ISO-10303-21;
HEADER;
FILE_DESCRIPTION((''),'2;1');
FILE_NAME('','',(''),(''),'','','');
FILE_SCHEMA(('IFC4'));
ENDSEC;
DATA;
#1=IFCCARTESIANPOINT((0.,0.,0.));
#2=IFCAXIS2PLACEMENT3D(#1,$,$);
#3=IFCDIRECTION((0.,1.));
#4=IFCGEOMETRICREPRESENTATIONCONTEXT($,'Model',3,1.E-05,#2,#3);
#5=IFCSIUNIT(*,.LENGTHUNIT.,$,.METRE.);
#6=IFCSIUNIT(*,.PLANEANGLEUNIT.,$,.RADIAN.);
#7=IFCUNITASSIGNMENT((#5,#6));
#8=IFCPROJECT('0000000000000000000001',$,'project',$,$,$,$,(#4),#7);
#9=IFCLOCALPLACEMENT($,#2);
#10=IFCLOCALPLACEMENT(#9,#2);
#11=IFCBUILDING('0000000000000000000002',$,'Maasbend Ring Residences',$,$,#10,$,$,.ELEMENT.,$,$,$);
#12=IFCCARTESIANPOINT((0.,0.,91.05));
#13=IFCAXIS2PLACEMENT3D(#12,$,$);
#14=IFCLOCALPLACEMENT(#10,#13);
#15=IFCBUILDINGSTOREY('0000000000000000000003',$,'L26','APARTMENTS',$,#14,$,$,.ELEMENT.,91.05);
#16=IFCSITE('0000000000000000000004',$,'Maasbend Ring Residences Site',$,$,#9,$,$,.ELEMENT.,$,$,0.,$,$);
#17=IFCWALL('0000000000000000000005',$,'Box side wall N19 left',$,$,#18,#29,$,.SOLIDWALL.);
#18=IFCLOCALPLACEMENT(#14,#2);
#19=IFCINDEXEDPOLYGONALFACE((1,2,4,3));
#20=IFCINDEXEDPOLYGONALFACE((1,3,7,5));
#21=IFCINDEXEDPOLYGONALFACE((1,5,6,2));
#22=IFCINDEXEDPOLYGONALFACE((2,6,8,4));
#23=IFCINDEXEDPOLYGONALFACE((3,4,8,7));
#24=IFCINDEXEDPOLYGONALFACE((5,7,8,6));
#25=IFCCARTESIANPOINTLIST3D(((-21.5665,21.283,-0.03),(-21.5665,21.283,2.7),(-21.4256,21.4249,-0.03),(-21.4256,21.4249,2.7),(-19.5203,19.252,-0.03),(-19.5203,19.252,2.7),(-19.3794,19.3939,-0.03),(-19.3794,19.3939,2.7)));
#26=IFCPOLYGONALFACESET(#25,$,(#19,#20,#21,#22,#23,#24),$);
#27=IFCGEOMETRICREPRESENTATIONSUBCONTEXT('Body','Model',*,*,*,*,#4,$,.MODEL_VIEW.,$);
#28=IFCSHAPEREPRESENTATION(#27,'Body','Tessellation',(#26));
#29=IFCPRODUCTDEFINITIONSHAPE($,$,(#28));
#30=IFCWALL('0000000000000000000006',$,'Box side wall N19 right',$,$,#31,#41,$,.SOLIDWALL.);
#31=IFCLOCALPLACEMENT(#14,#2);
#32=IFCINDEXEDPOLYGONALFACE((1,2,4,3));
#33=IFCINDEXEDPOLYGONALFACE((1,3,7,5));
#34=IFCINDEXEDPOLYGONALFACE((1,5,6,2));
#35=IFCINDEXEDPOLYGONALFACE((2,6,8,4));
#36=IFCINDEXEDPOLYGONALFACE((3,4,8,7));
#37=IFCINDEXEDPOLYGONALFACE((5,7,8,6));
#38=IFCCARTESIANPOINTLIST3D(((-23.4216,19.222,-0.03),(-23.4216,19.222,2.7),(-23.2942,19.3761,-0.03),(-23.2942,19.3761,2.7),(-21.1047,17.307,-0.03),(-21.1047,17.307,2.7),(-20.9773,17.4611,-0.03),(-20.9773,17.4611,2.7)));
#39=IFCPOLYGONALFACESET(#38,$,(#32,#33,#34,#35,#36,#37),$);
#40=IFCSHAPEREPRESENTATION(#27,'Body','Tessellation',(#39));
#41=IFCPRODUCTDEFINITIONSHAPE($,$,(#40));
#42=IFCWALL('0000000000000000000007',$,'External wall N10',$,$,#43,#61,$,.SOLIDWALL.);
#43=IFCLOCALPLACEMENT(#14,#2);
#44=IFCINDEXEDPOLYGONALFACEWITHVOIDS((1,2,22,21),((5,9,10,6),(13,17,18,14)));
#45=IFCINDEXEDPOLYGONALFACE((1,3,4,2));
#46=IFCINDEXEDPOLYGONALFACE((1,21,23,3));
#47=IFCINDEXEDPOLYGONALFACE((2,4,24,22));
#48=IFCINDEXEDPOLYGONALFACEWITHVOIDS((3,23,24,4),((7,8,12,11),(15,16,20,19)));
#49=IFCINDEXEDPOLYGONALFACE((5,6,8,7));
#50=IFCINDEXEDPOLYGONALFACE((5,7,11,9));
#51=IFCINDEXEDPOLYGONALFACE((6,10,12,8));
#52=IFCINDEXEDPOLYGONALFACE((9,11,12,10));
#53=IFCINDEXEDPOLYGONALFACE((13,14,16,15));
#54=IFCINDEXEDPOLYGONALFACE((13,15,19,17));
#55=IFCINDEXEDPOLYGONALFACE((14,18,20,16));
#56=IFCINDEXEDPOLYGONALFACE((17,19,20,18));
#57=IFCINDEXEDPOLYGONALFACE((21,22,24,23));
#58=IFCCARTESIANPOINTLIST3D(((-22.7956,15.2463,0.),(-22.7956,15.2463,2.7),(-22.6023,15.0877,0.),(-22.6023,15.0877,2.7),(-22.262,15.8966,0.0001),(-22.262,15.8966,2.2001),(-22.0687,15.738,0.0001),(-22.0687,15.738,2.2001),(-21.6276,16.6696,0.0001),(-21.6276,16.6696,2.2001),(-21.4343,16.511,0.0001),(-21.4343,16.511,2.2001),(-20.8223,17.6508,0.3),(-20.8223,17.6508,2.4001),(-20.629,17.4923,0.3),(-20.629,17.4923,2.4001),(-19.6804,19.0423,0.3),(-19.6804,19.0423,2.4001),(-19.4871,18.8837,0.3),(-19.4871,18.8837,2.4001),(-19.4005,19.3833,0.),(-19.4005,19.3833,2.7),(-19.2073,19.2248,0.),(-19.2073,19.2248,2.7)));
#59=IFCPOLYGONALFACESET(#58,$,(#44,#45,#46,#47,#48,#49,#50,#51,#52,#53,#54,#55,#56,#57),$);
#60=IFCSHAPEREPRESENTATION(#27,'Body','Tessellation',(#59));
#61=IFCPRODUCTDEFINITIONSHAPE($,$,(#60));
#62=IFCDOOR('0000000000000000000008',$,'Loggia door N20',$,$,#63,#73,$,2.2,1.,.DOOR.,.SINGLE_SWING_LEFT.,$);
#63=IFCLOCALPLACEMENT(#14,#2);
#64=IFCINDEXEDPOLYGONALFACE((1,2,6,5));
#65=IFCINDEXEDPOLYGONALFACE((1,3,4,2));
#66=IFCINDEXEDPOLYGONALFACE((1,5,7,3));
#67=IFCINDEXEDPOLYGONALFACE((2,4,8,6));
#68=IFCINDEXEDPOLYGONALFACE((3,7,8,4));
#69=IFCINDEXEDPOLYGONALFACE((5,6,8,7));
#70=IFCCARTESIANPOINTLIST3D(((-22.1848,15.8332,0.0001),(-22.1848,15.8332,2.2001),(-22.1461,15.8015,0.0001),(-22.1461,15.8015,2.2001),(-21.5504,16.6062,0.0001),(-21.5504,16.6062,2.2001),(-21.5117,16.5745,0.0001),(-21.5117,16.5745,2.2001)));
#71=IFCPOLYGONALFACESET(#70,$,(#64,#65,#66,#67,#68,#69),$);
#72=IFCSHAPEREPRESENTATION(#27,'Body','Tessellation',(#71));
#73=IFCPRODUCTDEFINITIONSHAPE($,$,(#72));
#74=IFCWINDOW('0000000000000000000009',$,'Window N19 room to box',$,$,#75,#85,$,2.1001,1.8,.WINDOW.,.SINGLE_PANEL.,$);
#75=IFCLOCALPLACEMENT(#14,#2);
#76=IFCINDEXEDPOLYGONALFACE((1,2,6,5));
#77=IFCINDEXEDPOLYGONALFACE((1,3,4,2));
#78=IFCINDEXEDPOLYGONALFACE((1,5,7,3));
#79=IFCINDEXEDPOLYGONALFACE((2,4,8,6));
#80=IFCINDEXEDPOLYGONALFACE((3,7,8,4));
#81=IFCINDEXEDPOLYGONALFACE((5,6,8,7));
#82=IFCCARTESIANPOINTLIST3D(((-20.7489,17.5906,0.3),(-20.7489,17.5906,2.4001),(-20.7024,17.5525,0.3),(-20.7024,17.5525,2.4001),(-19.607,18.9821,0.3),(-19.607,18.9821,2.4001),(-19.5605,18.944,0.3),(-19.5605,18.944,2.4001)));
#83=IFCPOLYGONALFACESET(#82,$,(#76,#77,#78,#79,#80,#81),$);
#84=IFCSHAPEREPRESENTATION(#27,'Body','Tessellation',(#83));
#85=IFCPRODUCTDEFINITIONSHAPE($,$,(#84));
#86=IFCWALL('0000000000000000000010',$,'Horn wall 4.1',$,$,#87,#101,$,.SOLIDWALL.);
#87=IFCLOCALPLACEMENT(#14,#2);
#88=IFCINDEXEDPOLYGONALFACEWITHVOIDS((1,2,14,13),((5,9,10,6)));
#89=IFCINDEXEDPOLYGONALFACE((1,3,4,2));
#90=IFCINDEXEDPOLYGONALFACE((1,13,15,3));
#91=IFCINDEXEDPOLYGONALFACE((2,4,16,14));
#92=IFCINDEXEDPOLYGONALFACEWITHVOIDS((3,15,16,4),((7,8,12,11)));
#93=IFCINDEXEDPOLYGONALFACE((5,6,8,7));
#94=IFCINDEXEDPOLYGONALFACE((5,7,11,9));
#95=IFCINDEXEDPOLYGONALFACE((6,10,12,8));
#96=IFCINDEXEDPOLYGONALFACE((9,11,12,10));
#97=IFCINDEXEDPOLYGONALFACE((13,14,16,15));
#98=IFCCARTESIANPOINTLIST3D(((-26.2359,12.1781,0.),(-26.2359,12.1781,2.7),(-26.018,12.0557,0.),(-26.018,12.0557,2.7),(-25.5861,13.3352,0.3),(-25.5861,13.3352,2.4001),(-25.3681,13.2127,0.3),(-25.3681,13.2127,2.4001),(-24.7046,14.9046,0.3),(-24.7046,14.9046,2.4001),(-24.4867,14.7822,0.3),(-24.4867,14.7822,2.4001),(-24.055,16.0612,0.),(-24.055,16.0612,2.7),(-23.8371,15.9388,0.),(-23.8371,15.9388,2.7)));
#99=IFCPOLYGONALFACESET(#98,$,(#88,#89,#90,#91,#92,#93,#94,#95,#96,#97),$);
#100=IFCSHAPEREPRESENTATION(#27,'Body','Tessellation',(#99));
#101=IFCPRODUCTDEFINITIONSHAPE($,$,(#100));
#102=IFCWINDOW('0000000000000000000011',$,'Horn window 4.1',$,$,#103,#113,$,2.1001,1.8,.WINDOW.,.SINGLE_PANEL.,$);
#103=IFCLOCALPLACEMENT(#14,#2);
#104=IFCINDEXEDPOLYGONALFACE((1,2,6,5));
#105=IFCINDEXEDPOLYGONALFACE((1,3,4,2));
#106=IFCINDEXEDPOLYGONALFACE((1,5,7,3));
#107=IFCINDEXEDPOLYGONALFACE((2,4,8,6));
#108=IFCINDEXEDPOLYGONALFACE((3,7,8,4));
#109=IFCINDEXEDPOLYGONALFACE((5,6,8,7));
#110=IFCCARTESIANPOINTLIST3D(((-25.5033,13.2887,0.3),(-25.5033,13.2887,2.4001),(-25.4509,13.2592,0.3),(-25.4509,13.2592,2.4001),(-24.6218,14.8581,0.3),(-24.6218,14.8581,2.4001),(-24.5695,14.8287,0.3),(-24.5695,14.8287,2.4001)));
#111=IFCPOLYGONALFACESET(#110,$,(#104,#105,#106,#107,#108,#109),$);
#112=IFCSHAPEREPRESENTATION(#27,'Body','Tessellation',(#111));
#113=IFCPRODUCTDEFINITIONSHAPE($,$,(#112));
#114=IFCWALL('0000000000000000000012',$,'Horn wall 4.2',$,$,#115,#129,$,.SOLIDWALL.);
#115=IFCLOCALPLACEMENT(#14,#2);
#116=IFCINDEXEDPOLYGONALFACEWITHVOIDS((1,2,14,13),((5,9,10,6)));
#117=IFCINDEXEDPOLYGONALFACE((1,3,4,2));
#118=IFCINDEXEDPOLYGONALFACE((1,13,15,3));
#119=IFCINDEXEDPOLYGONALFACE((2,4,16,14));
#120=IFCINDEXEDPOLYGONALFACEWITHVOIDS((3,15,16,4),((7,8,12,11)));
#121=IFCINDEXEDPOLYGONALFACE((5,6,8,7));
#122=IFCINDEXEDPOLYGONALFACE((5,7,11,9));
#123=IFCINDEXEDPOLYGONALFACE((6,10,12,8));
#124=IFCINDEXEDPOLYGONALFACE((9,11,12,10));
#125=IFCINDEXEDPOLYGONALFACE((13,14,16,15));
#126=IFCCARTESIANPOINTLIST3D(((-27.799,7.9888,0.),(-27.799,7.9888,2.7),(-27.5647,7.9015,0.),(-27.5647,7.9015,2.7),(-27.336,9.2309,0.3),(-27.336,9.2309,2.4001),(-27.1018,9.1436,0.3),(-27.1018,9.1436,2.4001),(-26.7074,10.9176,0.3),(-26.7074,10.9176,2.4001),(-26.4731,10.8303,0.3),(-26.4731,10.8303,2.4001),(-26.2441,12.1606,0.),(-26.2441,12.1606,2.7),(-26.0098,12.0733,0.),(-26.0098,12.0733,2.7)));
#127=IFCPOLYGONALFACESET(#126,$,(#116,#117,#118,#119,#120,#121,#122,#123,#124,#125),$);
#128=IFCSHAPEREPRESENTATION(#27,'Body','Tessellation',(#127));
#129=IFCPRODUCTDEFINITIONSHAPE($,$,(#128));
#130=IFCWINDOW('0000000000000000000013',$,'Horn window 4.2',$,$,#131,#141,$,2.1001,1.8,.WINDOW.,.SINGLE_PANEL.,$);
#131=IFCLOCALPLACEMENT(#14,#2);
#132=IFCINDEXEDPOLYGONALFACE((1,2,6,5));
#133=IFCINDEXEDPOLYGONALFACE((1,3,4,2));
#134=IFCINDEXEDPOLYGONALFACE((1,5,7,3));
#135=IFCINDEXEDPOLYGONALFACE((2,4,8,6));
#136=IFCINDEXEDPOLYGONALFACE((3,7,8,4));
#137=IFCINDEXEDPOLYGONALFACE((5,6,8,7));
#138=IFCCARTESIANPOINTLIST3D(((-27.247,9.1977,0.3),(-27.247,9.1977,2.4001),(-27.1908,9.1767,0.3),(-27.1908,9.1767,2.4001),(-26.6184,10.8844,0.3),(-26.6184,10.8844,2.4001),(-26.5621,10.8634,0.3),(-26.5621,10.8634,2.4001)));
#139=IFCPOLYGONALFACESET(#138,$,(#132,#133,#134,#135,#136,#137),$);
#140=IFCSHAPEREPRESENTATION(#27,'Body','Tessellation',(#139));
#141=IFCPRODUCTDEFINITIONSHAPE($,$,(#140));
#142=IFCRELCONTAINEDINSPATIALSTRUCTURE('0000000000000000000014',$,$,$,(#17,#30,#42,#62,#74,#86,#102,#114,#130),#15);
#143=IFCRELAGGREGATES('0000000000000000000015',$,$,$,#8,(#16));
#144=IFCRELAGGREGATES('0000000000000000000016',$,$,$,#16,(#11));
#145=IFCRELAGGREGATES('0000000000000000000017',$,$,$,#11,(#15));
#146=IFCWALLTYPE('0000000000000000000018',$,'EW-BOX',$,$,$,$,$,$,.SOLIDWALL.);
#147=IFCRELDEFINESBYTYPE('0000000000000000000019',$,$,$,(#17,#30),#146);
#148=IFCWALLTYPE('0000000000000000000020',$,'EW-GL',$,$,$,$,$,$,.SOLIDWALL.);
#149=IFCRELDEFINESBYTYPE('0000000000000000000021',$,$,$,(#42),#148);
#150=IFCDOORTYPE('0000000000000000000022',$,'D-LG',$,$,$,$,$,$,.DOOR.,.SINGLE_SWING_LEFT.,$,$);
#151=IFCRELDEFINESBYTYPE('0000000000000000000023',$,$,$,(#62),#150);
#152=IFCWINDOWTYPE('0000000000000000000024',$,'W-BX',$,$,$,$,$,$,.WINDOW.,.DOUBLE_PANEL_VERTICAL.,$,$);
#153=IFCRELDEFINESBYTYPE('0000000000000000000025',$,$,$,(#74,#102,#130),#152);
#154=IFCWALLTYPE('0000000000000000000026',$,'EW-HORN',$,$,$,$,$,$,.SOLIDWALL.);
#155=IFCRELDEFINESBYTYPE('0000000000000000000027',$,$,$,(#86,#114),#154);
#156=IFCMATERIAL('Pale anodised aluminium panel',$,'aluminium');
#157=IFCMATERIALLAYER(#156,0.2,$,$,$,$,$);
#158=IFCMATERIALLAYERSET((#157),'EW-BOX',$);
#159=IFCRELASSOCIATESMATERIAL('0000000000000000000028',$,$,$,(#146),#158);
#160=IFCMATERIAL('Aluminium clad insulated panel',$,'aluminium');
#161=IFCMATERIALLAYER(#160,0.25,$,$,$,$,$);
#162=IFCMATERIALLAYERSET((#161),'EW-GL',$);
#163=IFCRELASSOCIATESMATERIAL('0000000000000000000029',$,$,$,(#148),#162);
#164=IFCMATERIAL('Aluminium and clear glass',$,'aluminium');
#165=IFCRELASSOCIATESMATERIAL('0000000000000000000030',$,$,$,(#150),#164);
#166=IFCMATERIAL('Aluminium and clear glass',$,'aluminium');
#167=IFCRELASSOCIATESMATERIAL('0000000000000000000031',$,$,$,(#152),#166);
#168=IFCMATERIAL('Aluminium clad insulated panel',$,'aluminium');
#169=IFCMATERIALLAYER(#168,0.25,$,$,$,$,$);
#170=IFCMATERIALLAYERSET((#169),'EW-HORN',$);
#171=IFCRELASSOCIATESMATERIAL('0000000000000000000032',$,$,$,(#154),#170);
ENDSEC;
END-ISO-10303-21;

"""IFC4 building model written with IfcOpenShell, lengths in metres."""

from ifc_helpers import new_model, si_unit, direction, frame, frame_2d, origin, place, context, subcontext, project, spatial, rectangle, extrude, material, layer, layer_set, type_object, element, fill, save


model = new_model("IFC4")

# Units and contexts
model_context = context("Model", 3, precision=1e-05, world=origin(), true_north=direction((0.0, 1.0)))
body_context = subcontext(model_context, "Body", "Model", "MODEL_VIEW")
ifc_project = project(units=[si_unit("LENGTHUNIT", "METRE"), si_unit("PLANEANGLEUNIT", "RADIAN")], contexts=[model_context])

# Site, building, storey
site_placement = place(None, origin())
site = spatial("IfcSite", under=ifc_project, at=site_placement, Name="Maasbend Ring Residences Site", CompositionType="ELEMENT", RefElevation=0.0)
building_placement = place(site_placement, origin())
building = spatial("IfcBuilding", under=site, at=building_placement, Name="Maasbend Ring Residences", CompositionType="ELEMENT")
storey_placement = place(building_placement, frame((0.0, 0.0, 91.05)))
storey = spatial("IfcBuildingStorey", under=building, at=storey_placement, Name="L26", Description="APARTMENTS", CompositionType="ELEMENT", Elevation=91.05)

# Walls
ifc_material_1 = material(Name="Pale anodised aluminium panel", Category="aluminium")
ifc_layer_1 = layer(ifc_material_1, 0.2)
ifc_layer_set_1 = layer_set([ifc_layer_1], Name="EW-BOX")
wall_type_1 = type_object("IfcWallType", Name="EW-BOX", PredefinedType="SOLIDWALL", material=ifc_layer_set_1)
wall_1_placement = place(storey_placement, frame((-19.45, 19.323, -0.03), z_axis=(0.0, 0.0, 1.0), x_axis=(-0.709727, 0.704477, 0.0)))
element("IfcWall", 1, at=wall_1_placement, inside=storey, type_object=wall_type_1, Name="Box side wall N19 left", PredefinedType="SOLIDWALL", context=body_context, shape_type="SweptSolid", body=[
    extrude(rectangle(XDim=2.8831, YDim=0.2, at=frame_2d((1.4414, 0.0))), origin(), (0.0, 0.0, 1.0), 2.73),
])
wall_2_placement = place(storey_placement, frame((-21.041, 17.384, -0.03), z_axis=(0.0, 0.0, 1.0), x_axis=(-0.770785, 0.637096, 0.0)))
element("IfcWall", 2, at=wall_2_placement, inside=storey, type_object=wall_type_1, Name="Box side wall N19 right", PredefinedType="SOLIDWALL", context=body_context, shape_type="SweptSolid", body=[
    extrude(rectangle(XDim=3.0059, YDim=0.2, at=frame_2d((1.5029, 0.0))), origin(), (0.0, 0.0, 1.0), 2.73),
])

# Wall, openings, door, window
ifc_material_2 = material(Name="Aluminium clad insulated panel", Category="aluminium")
ifc_layer_2 = layer(ifc_material_2, 0.25)
ifc_layer_set_2 = layer_set([ifc_layer_2], Name="EW-GL")
wall_type_2 = type_object("IfcWallType", Name="EW-GL", PredefinedType="SOLIDWALL", material=ifc_layer_set_2)
wall_3_placement = place(storey_placement, frame((-19.304, 19.304, 0.0), z_axis=(0.0, 0.0, 1.0), x_axis=(-0.634382, -0.773019, 0.0)))
wall_3 = element("IfcWall", 3, at=wall_3_placement, inside=storey, type_object=wall_type_2, Name="External wall N10", PredefinedType="SOLIDWALL", context=body_context, shape_type="SweptSolid", body=[
    extrude(rectangle(XDim=5.3518, YDim=0.25, at=frame_2d((2.6758, 0.0))), origin(), (0.0, 0.0, 1.0), 2.7),
])
opening_1_placement = place(wall_3_placement, frame((0.4412, 0.0, 0.3)))
opening_1 = element("IfcOpeningElement", 4, at=opening_1_placement, cuts=wall_3, PredefinedType="OPENING", context=body_context, shape_type="SweptSolid", body=[
    extrude(rectangle(XDim=1.8, YDim=2.1001, at=frame_2d((0.8999, 1.05))), frame((0.0, 0.135, 0.0), z_axis=(0.0, -1.0, 0.0), x_axis=(1.0, 0.0, 0.0)), (0.0, 0.0, 1.0), 0.27),
])
opening_2_placement = place(wall_3_placement, frame((3.5105, 0.0, 0.0)))
opening_2 = element("IfcOpeningElement", 5, at=opening_2_placement, cuts=wall_3, PredefinedType="OPENING", context=body_context, shape_type="SweptSolid", body=[
    extrude(rectangle(XDim=1.0, YDim=2.2, at=frame_2d((0.5, 1.1001))), frame((0.0, 0.135, 0.0), z_axis=(0.0, -1.0, 0.0), x_axis=(1.0, 0.0, 0.0)), (0.0, 0.0, 1.0), 0.27),
])
ifc_material_3 = material(Name="Aluminium and clear glass", Category="aluminium")
door_type_1 = type_object("IfcDoorType", Name="D-LG", OperationType="SINGLE_SWING_LEFT", PredefinedType="DOOR", material=ifc_material_3)
door_1_placement = place(opening_2_placement, origin())
door_1 = element("IfcDoor", 6, at=door_1_placement, inside=storey, type_object=door_type_1, Name="Loggia door N20", OperationType="SINGLE_SWING_LEFT", OverallHeight=2.2, OverallWidth=1.0, PredefinedType="DOOR", context=body_context, shape_type="SweptSolid", body=[
    extrude(rectangle(XDim=1.0, YDim=2.2, at=frame_2d((0.5, 1.1001))), frame((0.0, 0.0249, 0.0), z_axis=(0.0, -1.0, 0.0), x_axis=(1.0, 0.0, 0.0)), (0.0, 0.0, 1.0), 0.05),
])
fill(opening_2, door_1)
ifc_material_4 = material(Name="Aluminium and clear glass", Category="aluminium")
window_type = type_object("IfcWindowType", Name="W-BX", PartitioningType="DOUBLE_PANEL_VERTICAL", PredefinedType="WINDOW", material=ifc_material_4)
window_1_placement = place(opening_1_placement, origin())
window_1 = element("IfcWindow", 7, at=window_1_placement, inside=storey, type_object=window_type, Name="Window N19 room to box", OverallHeight=2.1001, OverallWidth=1.8, PartitioningType="SINGLE_PANEL", PredefinedType="WINDOW", context=body_context, shape_type="SweptSolid", body=[
    extrude(rectangle(XDim=1.8, YDim=2.1001, at=frame_2d((0.8999, 1.05))), frame((0.0, 0.03, 0.0), z_axis=(0.0, -1.0, 0.0), x_axis=(1.0, 0.0, 0.0)), (0.0, 0.0, 1.0), 0.0601),
])
fill(opening_1, window_1)

# Walls, openings, windows
ifc_material_5 = material(Name="Aluminium clad insulated panel", Category="aluminium")
ifc_layer_3 = layer(ifc_material_5, 0.25)
ifc_layer_set_3 = layer_set([ifc_layer_3], Name="EW-HORN")
wall_type_3 = type_object("IfcWallType", Name="EW-HORN", PredefinedType="SOLIDWALL", material=ifc_layer_set_3)
wall_4_placement = place(storey_placement, frame((-23.946, 16.0, 0.0), z_axis=(0.0, 0.0, 1.0), x_axis=(-0.489696, -0.871893, 0.0)))
wall_4 = element("IfcWall", 8, at=wall_4_placement, inside=storey, type_object=wall_type_3, Name="Horn wall 4.1", PredefinedType="SOLIDWALL", context=body_context, shape_type="SweptSolid", body=[
    extrude(rectangle(XDim=4.4536, YDim=0.25, at=frame_2d((2.2268, 0.0))), origin(), (0.0, 0.0, 1.0), 2.7),
])
opening_3_placement = place(wall_4_placement, frame((1.3267, 0.0, 0.3)))
opening_3 = element("IfcOpeningElement", 9, at=opening_3_placement, cuts=wall_4, PredefinedType="OPENING", context=body_context, shape_type="SweptSolid", body=[
    extrude(rectangle(XDim=1.8, YDim=2.1001, at=frame_2d((0.8999, 1.05))), frame((0.0, 0.135, 0.0), z_axis=(0.0, -1.0, 0.0), x_axis=(1.0, 0.0, 0.0)), (0.0, 0.0, 1.0), 0.27),
])
window_2_placement = place(opening_3_placement, origin())
window_2 = element("IfcWindow", 10, at=window_2_placement, inside=storey, type_object=window_type, Name="Horn window 4.1", OverallHeight=2.1001, OverallWidth=1.8, PartitioningType="SINGLE_PANEL", PredefinedType="WINDOW", context=body_context, shape_type="SweptSolid", body=[
    extrude(rectangle(XDim=1.8, YDim=2.1001, at=frame_2d((0.8999, 1.05))), frame((0.0, 0.03, 0.0), z_axis=(0.0, -1.0, 0.0), x_axis=(1.0, 0.0, 0.0)), (0.0, 0.0, 1.0), 0.0601),
])
fill(opening_3, window_2)
wall_5_placement = place(storey_placement, frame((-26.127, 12.1169, 0.0), z_axis=(0.0, 0.0, 1.0), x_axis=(-0.349248, -0.93703, 0.0)))
wall_5 = element("IfcWall", 11, at=wall_5_placement, inside=storey, type_object=wall_type_3, Name="Horn wall 4.2", PredefinedType="SOLIDWALL", context=body_context, shape_type="SweptSolid", body=[
    extrude(rectangle(XDim=4.4521, YDim=0.25, at=frame_2d((2.2261, 0.0))), origin(), (0.0, 0.0, 1.0), 2.7),
])
opening_4_placement = place(wall_5_placement, frame((1.3267, 0.0, 0.3)))
opening_4 = element("IfcOpeningElement", 12, at=opening_4_placement, cuts=wall_5, PredefinedType="OPENING", context=body_context, shape_type="SweptSolid", body=[
    extrude(rectangle(XDim=1.8, YDim=2.1001, at=frame_2d((0.8999, 1.05))), frame((0.0, 0.135, 0.0), z_axis=(0.0, -1.0, 0.0), x_axis=(1.0, 0.0, 0.0)), (0.0, 0.0, 1.0), 0.27),
])
window_3_placement = place(opening_4_placement, origin())
window_3 = element("IfcWindow", 13, at=window_3_placement, inside=storey, type_object=window_type, Name="Horn window 4.2", OverallHeight=2.1001, OverallWidth=1.8, PartitioningType="SINGLE_PANEL", PredefinedType="WINDOW", context=body_context, shape_type="SweptSolid", body=[
    extrude(rectangle(XDim=1.8, YDim=2.1001, at=frame_2d((0.8999, 1.05))), frame((0.0, 0.03, 0.0), z_axis=(0.0, -1.0, 0.0), x_axis=(1.0, 0.0, 0.0)), (0.0, 0.0, 1.0), 0.0601),
])
fill(opening_4, window_3)

save(model, "model.ifc")
